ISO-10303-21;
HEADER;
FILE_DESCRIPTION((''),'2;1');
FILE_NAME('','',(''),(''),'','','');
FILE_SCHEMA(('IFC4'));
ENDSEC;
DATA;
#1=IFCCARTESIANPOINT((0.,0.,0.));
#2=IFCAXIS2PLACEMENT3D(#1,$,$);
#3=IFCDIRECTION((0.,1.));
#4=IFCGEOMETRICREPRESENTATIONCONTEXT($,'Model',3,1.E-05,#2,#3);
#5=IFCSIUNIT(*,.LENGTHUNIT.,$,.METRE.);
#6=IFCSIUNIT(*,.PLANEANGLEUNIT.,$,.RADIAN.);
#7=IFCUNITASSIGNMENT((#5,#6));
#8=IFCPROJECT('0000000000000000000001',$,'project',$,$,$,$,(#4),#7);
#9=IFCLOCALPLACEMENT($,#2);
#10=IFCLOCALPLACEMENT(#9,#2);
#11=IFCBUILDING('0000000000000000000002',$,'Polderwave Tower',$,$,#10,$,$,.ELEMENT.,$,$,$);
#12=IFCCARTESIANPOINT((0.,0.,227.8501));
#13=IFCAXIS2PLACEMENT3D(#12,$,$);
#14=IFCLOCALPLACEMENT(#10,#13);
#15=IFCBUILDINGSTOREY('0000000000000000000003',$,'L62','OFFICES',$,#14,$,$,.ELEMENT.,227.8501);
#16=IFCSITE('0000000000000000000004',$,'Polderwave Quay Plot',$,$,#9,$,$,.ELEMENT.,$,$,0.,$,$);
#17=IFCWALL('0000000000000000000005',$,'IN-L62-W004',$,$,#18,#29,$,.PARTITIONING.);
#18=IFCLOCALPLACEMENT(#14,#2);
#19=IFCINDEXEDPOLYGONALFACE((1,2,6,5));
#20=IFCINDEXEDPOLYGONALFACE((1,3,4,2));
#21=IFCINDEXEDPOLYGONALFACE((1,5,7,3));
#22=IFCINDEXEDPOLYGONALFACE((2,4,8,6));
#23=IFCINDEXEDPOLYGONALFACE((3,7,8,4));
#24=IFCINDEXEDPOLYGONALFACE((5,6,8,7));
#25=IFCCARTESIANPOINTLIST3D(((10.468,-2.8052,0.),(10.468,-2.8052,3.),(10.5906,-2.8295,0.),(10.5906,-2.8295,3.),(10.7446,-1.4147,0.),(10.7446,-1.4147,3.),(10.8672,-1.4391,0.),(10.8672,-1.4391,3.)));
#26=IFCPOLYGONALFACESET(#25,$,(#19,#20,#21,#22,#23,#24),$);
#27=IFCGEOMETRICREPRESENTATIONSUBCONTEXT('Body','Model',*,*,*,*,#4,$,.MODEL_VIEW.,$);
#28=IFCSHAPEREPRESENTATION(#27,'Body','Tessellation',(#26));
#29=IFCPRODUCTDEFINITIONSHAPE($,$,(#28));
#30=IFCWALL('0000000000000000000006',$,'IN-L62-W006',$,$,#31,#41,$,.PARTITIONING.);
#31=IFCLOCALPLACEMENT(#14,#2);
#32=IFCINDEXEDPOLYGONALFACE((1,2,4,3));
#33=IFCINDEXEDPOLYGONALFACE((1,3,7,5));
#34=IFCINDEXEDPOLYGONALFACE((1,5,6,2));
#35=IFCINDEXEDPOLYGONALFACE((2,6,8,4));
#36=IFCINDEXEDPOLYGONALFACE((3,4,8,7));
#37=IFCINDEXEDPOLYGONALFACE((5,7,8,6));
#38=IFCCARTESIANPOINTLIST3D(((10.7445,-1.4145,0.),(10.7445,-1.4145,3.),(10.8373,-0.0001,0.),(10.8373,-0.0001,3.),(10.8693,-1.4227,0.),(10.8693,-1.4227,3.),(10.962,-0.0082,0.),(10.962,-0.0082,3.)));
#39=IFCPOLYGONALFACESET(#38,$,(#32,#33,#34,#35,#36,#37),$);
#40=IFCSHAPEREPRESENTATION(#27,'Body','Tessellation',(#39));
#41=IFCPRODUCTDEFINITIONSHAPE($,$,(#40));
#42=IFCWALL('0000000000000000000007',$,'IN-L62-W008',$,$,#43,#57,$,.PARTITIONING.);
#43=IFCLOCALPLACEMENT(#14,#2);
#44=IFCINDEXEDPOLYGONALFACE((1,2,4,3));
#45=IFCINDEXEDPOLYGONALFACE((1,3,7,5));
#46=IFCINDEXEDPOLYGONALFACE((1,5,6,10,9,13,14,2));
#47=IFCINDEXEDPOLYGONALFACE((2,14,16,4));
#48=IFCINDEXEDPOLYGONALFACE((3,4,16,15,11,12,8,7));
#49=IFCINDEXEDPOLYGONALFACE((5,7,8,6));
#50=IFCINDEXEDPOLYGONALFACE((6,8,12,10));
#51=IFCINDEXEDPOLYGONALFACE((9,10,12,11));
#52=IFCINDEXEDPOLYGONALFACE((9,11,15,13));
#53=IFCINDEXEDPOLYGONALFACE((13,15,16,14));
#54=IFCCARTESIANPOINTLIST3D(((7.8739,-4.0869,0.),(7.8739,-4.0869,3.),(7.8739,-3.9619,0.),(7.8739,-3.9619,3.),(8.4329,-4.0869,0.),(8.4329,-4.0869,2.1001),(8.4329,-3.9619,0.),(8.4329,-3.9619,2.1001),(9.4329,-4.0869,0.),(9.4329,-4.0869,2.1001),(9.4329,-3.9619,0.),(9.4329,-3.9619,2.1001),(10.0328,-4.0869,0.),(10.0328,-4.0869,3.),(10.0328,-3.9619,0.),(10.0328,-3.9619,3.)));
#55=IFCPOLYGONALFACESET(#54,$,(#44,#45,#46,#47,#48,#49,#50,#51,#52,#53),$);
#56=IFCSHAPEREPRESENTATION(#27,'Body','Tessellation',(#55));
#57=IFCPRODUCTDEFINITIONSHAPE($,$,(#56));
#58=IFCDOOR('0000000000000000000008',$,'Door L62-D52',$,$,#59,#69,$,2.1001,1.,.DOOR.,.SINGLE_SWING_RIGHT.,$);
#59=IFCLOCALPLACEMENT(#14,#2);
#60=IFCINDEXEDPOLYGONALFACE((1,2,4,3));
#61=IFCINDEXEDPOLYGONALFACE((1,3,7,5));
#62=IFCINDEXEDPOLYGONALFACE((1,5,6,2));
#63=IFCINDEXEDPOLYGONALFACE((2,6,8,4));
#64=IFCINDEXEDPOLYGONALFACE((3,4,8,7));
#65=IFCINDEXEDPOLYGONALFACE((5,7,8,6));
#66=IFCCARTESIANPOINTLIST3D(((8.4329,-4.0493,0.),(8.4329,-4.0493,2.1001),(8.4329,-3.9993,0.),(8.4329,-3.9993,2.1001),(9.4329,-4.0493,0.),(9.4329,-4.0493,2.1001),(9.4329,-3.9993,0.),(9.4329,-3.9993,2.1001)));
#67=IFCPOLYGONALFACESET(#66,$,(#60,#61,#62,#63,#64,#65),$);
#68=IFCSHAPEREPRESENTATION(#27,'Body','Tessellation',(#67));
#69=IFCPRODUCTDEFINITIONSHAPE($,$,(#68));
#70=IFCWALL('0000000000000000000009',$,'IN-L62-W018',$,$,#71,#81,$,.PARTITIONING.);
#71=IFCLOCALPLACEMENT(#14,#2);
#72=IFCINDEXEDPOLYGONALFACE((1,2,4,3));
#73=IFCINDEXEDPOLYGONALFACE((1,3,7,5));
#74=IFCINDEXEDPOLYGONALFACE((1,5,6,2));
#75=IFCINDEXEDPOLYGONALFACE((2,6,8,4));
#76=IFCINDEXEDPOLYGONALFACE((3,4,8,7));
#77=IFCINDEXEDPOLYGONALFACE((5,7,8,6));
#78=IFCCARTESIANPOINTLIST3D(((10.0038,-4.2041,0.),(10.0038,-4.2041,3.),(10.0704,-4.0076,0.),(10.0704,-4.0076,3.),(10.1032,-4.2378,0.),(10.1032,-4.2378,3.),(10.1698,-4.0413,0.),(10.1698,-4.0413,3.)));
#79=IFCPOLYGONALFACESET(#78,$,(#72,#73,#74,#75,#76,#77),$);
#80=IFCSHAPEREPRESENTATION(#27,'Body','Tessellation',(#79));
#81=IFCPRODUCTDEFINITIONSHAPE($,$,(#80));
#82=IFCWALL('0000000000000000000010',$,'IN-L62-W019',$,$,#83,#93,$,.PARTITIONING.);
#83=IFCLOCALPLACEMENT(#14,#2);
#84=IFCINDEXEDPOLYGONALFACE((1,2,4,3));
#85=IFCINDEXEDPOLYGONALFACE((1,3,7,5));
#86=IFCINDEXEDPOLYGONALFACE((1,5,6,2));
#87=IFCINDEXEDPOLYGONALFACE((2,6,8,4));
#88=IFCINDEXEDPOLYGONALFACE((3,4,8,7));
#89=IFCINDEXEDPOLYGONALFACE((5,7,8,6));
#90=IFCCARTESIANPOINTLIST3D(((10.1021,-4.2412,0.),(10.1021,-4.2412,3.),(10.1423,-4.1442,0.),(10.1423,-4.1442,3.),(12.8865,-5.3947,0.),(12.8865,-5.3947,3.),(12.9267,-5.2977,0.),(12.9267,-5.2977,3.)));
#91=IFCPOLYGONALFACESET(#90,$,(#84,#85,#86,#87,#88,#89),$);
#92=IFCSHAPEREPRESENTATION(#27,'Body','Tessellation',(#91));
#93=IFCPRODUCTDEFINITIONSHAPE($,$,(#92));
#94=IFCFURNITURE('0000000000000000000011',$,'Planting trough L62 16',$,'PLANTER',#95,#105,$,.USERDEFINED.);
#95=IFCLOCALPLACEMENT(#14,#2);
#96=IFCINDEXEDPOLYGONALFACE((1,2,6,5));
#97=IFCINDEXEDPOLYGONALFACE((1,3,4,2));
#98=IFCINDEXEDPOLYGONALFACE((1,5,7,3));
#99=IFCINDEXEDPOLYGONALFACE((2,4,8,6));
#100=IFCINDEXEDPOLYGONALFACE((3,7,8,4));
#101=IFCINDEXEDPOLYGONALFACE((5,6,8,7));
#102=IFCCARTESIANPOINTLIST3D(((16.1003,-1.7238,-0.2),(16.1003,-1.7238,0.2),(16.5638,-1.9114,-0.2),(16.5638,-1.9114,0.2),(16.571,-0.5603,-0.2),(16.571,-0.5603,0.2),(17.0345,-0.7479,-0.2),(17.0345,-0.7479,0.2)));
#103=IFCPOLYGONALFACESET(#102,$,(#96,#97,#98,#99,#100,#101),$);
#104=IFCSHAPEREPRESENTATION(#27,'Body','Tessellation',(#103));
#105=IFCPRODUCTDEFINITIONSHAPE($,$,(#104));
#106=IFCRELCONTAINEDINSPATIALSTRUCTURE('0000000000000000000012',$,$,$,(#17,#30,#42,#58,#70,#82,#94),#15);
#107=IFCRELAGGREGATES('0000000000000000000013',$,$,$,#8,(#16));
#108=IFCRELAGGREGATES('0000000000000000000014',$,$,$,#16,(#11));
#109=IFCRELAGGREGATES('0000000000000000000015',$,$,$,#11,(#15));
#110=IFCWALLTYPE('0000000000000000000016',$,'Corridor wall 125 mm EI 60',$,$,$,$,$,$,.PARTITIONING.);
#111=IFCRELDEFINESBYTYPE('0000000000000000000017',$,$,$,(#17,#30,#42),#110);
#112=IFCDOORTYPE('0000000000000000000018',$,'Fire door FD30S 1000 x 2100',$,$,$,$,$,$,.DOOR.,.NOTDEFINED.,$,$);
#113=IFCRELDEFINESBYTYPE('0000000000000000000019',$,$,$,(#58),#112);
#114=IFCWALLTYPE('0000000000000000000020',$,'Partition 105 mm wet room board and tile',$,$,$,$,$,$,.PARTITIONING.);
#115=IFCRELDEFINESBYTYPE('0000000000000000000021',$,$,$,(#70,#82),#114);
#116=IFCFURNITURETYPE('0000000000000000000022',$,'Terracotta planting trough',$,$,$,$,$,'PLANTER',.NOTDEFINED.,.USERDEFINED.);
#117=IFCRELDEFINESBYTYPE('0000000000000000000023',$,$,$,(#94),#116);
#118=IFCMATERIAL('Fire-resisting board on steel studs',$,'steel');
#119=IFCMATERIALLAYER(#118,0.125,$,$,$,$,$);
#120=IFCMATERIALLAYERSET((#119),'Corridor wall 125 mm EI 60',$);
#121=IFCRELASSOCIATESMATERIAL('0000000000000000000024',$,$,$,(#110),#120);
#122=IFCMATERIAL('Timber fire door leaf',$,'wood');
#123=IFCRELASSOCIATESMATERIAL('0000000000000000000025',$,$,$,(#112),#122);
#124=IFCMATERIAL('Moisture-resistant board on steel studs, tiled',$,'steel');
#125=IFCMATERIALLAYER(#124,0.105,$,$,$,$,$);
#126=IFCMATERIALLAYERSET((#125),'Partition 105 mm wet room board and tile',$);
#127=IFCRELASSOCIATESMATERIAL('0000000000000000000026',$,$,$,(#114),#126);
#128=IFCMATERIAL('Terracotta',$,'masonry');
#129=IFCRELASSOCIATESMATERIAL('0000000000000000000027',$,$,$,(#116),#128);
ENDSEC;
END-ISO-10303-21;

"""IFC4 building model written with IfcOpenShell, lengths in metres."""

from ifc_helpers import new_model, si_unit, direction, frame, frame_2d, origin, origin_2d, place, context, subcontext, project, spatial, rectangle, extrude, material, layer, layer_set, type_object, element, fill, save


model = new_model("IFC4")

# Units and contexts
model_context = context("Model", 3, precision=1e-05, world=origin(), true_north=direction((0.0, 1.0)))
body_context = subcontext(model_context, "Body", "Model", "MODEL_VIEW")
ifc_project = project(units=[si_unit("LENGTHUNIT", "METRE"), si_unit("PLANEANGLEUNIT", "RADIAN")], contexts=[model_context])

# Site, building, storey
site_placement = place(None, origin())
site = spatial("IfcSite", under=ifc_project, at=site_placement, Name="Polderwave Quay Plot", CompositionType="ELEMENT", RefElevation=0.0)
building_placement = place(site_placement, origin())
building = spatial("IfcBuilding", under=site, at=building_placement, Name="Polderwave Tower", CompositionType="ELEMENT")
storey_placement = place(building_placement, frame((0.0, 0.0, 227.8501)))
storey = spatial("IfcBuildingStorey", under=building, at=storey_placement, Name="L62", Description="OFFICES", CompositionType="ELEMENT", Elevation=227.8501)

# Walls
ifc_material_1 = material(Name="Fire-resisting board on steel studs", Category="steel")
ifc_layer_1 = layer(ifc_material_1, 0.125)
ifc_layer_set_1 = layer_set([ifc_layer_1], Name="Corridor wall 125 mm EI 60")
wall_type_1 = type_object("IfcWallType", Name="Corridor wall 125 mm EI 60", PredefinedType="PARTITIONING", material=ifc_layer_set_1)
wall_1_placement = place(storey_placement, frame((10.8059, -1.4268, 0.0), z_axis=(0.0, 0.0, 1.0), x_axis=(-0.195122, -0.980779, 0.0)))
element("IfcWall", 1, at=wall_1_placement, inside=storey, type_object=wall_type_1, Name="IN-L62-W004", PredefinedType="PARTITIONING", context=body_context, shape_type="SweptSolid", body=[
    extrude(rectangle(XDim=1.4177, YDim=0.125, at=frame_2d((0.709, 0.0))), origin(), (0.0, 0.0, 1.0), 3.0),
])
wall_2_placement = place(storey_placement, frame((10.8997, -0.0042, 0.0), z_axis=(0.0, 0.0, 1.0), x_axis=(-0.065444, -0.997856, 0.0)))
element("IfcWall", 2, at=wall_2_placement, inside=storey, type_object=wall_type_1, Name="IN-L62-W006", PredefinedType="PARTITIONING", context=body_context, shape_type="SweptSolid", body=[
    extrude(rectangle(XDim=1.4175, YDim=0.125, at=frame_2d((0.7087, 0.0))), origin(), (0.0, 0.0, 1.0), 3.0),
])

# Wall, opening, door
wall_3_placement = place(storey_placement, frame((10.033, -4.0244, 0.0), z_axis=(0.0, 0.0, 1.0), x_axis=(-1.0, 0.0, 0.0)))
wall_3 = element("IfcWall", 3, at=wall_3_placement, inside=storey, type_object=wall_type_1, Name="IN-L62-W008", PredefinedType="PARTITIONING", context=body_context, shape_type="SweptSolid", body=[
    extrude(rectangle(XDim=2.1589, YDim=0.125, at=frame_2d((1.0796, 0.0))), origin(), (0.0, 0.0, 1.0), 3.0),
])
opening_placement = place(wall_3_placement, frame((0.6001, 0.0, 0.0)))
opening = element("IfcOpeningElement", 4, at=opening_placement, cuts=wall_3, PredefinedType="OPENING", context=body_context, shape_type="SweptSolid", body=[
    extrude(rectangle(XDim=1.0, YDim=2.1001, at=frame_2d((0.5, 1.05))), frame((0.0, 0.0725, 0.0), z_axis=(0.0, -1.0, 0.0), x_axis=(1.0, 0.0, 0.0)), (0.0, 0.0, 1.0), 0.145),
])
ifc_material_2 = material(Name="Timber fire door leaf", Category="wood")
door_type = type_object("IfcDoorType", Name="Fire door FD30S 1000 x 2100", OperationType="NOTDEFINED", PredefinedType="DOOR", material=ifc_material_2)
door_placement = place(opening_placement, origin())
door = element("IfcDoor", 5, at=door_placement, inside=storey, type_object=door_type, Name="Door L62-D52", OperationType="SINGLE_SWING_RIGHT", OverallHeight=2.1001, OverallWidth=1.0, PredefinedType="DOOR", context=body_context, shape_type="SweptSolid", body=[
    extrude(rectangle(XDim=1.0, YDim=2.1001, at=frame_2d((0.5, 1.05))), frame((0.0, 0.0249, 0.0), z_axis=(0.0, -1.0, 0.0), x_axis=(1.0, 0.0, 0.0)), (0.0, 0.0, 1.0), 0.05),
])
fill(opening, door)

# Walls
ifc_material_3 = material(Name="Moisture-resistant board on steel studs, tiled", Category="steel")
ifc_layer_2 = layer(ifc_material_3, 0.105)
ifc_layer_set_2 = layer_set([ifc_layer_2], Name="Partition 105 mm wet room board and tile")
wall_type_2 = type_object("IfcWallType", Name="Partition 105 mm wet room board and tile", PredefinedType="PARTITIONING", material=ifc_layer_set_2)
wall_4_placement = place(storey_placement, frame((10.0535, -4.2209, 0.0), z_axis=(0.0, 0.0, 1.0), x_axis=(0.321164, 0.947023, 0.0)))
element("IfcWall", 6, at=wall_4_placement, inside=storey, type_object=wall_type_2, Name="IN-L62-W018", PredefinedType="PARTITIONING", context=body_context, shape_type="SweptSolid", body=[
    extrude(rectangle(XDim=0.2075, YDim=0.105, at=frame_2d((0.1038, 0.0))), origin(), (0.0, 0.0, 1.0), 3.0),
])
wall_5_placement = place(storey_placement, frame((12.9065, -5.3462, 0.0), z_axis=(0.0, 0.0, 1.0), x_axis=(-0.923854, 0.382745, 0.0)))
element("IfcWall", 7, at=wall_5_placement, inside=storey, type_object=wall_type_2, Name="IN-L62-W019", PredefinedType="PARTITIONING", context=body_context, shape_type="SweptSolid", body=[
    extrude(rectangle(XDim=3.0139, YDim=0.105, at=frame_2d((1.5068, 0.0))), origin(), (0.0, 0.0, 1.0), 3.0),
])

# Furniture
ifc_material_4 = material(Name="Terracotta", Category="masonry")
furniture_type = type_object("IfcFurnitureType", Name="Terracotta planting trough", ElementType="PLANTER", AssemblyPlace="NOTDEFINED", PredefinedType="USERDEFINED", material=ifc_material_4)
furniture_placement = place(storey_placement, frame((16.5674, -1.2358, -0.2), z_axis=(0.0, 0.0, 1.0), x_axis=(0.375066, 0.926998, 0.0)))
element("IfcFurniture", 8, at=furniture_placement, inside=storey, type_object=furniture_type, Name="Planting trough L62 16", ObjectType="PLANTER", PredefinedType="USERDEFINED", context=body_context, shape_type="SweptSolid", body=[
    extrude(rectangle(XDim=1.2551, YDim=0.5, at=origin_2d()), origin(), (0.0, 0.0, 1.0), 0.3999),
])

save(model, "model.ifc")
